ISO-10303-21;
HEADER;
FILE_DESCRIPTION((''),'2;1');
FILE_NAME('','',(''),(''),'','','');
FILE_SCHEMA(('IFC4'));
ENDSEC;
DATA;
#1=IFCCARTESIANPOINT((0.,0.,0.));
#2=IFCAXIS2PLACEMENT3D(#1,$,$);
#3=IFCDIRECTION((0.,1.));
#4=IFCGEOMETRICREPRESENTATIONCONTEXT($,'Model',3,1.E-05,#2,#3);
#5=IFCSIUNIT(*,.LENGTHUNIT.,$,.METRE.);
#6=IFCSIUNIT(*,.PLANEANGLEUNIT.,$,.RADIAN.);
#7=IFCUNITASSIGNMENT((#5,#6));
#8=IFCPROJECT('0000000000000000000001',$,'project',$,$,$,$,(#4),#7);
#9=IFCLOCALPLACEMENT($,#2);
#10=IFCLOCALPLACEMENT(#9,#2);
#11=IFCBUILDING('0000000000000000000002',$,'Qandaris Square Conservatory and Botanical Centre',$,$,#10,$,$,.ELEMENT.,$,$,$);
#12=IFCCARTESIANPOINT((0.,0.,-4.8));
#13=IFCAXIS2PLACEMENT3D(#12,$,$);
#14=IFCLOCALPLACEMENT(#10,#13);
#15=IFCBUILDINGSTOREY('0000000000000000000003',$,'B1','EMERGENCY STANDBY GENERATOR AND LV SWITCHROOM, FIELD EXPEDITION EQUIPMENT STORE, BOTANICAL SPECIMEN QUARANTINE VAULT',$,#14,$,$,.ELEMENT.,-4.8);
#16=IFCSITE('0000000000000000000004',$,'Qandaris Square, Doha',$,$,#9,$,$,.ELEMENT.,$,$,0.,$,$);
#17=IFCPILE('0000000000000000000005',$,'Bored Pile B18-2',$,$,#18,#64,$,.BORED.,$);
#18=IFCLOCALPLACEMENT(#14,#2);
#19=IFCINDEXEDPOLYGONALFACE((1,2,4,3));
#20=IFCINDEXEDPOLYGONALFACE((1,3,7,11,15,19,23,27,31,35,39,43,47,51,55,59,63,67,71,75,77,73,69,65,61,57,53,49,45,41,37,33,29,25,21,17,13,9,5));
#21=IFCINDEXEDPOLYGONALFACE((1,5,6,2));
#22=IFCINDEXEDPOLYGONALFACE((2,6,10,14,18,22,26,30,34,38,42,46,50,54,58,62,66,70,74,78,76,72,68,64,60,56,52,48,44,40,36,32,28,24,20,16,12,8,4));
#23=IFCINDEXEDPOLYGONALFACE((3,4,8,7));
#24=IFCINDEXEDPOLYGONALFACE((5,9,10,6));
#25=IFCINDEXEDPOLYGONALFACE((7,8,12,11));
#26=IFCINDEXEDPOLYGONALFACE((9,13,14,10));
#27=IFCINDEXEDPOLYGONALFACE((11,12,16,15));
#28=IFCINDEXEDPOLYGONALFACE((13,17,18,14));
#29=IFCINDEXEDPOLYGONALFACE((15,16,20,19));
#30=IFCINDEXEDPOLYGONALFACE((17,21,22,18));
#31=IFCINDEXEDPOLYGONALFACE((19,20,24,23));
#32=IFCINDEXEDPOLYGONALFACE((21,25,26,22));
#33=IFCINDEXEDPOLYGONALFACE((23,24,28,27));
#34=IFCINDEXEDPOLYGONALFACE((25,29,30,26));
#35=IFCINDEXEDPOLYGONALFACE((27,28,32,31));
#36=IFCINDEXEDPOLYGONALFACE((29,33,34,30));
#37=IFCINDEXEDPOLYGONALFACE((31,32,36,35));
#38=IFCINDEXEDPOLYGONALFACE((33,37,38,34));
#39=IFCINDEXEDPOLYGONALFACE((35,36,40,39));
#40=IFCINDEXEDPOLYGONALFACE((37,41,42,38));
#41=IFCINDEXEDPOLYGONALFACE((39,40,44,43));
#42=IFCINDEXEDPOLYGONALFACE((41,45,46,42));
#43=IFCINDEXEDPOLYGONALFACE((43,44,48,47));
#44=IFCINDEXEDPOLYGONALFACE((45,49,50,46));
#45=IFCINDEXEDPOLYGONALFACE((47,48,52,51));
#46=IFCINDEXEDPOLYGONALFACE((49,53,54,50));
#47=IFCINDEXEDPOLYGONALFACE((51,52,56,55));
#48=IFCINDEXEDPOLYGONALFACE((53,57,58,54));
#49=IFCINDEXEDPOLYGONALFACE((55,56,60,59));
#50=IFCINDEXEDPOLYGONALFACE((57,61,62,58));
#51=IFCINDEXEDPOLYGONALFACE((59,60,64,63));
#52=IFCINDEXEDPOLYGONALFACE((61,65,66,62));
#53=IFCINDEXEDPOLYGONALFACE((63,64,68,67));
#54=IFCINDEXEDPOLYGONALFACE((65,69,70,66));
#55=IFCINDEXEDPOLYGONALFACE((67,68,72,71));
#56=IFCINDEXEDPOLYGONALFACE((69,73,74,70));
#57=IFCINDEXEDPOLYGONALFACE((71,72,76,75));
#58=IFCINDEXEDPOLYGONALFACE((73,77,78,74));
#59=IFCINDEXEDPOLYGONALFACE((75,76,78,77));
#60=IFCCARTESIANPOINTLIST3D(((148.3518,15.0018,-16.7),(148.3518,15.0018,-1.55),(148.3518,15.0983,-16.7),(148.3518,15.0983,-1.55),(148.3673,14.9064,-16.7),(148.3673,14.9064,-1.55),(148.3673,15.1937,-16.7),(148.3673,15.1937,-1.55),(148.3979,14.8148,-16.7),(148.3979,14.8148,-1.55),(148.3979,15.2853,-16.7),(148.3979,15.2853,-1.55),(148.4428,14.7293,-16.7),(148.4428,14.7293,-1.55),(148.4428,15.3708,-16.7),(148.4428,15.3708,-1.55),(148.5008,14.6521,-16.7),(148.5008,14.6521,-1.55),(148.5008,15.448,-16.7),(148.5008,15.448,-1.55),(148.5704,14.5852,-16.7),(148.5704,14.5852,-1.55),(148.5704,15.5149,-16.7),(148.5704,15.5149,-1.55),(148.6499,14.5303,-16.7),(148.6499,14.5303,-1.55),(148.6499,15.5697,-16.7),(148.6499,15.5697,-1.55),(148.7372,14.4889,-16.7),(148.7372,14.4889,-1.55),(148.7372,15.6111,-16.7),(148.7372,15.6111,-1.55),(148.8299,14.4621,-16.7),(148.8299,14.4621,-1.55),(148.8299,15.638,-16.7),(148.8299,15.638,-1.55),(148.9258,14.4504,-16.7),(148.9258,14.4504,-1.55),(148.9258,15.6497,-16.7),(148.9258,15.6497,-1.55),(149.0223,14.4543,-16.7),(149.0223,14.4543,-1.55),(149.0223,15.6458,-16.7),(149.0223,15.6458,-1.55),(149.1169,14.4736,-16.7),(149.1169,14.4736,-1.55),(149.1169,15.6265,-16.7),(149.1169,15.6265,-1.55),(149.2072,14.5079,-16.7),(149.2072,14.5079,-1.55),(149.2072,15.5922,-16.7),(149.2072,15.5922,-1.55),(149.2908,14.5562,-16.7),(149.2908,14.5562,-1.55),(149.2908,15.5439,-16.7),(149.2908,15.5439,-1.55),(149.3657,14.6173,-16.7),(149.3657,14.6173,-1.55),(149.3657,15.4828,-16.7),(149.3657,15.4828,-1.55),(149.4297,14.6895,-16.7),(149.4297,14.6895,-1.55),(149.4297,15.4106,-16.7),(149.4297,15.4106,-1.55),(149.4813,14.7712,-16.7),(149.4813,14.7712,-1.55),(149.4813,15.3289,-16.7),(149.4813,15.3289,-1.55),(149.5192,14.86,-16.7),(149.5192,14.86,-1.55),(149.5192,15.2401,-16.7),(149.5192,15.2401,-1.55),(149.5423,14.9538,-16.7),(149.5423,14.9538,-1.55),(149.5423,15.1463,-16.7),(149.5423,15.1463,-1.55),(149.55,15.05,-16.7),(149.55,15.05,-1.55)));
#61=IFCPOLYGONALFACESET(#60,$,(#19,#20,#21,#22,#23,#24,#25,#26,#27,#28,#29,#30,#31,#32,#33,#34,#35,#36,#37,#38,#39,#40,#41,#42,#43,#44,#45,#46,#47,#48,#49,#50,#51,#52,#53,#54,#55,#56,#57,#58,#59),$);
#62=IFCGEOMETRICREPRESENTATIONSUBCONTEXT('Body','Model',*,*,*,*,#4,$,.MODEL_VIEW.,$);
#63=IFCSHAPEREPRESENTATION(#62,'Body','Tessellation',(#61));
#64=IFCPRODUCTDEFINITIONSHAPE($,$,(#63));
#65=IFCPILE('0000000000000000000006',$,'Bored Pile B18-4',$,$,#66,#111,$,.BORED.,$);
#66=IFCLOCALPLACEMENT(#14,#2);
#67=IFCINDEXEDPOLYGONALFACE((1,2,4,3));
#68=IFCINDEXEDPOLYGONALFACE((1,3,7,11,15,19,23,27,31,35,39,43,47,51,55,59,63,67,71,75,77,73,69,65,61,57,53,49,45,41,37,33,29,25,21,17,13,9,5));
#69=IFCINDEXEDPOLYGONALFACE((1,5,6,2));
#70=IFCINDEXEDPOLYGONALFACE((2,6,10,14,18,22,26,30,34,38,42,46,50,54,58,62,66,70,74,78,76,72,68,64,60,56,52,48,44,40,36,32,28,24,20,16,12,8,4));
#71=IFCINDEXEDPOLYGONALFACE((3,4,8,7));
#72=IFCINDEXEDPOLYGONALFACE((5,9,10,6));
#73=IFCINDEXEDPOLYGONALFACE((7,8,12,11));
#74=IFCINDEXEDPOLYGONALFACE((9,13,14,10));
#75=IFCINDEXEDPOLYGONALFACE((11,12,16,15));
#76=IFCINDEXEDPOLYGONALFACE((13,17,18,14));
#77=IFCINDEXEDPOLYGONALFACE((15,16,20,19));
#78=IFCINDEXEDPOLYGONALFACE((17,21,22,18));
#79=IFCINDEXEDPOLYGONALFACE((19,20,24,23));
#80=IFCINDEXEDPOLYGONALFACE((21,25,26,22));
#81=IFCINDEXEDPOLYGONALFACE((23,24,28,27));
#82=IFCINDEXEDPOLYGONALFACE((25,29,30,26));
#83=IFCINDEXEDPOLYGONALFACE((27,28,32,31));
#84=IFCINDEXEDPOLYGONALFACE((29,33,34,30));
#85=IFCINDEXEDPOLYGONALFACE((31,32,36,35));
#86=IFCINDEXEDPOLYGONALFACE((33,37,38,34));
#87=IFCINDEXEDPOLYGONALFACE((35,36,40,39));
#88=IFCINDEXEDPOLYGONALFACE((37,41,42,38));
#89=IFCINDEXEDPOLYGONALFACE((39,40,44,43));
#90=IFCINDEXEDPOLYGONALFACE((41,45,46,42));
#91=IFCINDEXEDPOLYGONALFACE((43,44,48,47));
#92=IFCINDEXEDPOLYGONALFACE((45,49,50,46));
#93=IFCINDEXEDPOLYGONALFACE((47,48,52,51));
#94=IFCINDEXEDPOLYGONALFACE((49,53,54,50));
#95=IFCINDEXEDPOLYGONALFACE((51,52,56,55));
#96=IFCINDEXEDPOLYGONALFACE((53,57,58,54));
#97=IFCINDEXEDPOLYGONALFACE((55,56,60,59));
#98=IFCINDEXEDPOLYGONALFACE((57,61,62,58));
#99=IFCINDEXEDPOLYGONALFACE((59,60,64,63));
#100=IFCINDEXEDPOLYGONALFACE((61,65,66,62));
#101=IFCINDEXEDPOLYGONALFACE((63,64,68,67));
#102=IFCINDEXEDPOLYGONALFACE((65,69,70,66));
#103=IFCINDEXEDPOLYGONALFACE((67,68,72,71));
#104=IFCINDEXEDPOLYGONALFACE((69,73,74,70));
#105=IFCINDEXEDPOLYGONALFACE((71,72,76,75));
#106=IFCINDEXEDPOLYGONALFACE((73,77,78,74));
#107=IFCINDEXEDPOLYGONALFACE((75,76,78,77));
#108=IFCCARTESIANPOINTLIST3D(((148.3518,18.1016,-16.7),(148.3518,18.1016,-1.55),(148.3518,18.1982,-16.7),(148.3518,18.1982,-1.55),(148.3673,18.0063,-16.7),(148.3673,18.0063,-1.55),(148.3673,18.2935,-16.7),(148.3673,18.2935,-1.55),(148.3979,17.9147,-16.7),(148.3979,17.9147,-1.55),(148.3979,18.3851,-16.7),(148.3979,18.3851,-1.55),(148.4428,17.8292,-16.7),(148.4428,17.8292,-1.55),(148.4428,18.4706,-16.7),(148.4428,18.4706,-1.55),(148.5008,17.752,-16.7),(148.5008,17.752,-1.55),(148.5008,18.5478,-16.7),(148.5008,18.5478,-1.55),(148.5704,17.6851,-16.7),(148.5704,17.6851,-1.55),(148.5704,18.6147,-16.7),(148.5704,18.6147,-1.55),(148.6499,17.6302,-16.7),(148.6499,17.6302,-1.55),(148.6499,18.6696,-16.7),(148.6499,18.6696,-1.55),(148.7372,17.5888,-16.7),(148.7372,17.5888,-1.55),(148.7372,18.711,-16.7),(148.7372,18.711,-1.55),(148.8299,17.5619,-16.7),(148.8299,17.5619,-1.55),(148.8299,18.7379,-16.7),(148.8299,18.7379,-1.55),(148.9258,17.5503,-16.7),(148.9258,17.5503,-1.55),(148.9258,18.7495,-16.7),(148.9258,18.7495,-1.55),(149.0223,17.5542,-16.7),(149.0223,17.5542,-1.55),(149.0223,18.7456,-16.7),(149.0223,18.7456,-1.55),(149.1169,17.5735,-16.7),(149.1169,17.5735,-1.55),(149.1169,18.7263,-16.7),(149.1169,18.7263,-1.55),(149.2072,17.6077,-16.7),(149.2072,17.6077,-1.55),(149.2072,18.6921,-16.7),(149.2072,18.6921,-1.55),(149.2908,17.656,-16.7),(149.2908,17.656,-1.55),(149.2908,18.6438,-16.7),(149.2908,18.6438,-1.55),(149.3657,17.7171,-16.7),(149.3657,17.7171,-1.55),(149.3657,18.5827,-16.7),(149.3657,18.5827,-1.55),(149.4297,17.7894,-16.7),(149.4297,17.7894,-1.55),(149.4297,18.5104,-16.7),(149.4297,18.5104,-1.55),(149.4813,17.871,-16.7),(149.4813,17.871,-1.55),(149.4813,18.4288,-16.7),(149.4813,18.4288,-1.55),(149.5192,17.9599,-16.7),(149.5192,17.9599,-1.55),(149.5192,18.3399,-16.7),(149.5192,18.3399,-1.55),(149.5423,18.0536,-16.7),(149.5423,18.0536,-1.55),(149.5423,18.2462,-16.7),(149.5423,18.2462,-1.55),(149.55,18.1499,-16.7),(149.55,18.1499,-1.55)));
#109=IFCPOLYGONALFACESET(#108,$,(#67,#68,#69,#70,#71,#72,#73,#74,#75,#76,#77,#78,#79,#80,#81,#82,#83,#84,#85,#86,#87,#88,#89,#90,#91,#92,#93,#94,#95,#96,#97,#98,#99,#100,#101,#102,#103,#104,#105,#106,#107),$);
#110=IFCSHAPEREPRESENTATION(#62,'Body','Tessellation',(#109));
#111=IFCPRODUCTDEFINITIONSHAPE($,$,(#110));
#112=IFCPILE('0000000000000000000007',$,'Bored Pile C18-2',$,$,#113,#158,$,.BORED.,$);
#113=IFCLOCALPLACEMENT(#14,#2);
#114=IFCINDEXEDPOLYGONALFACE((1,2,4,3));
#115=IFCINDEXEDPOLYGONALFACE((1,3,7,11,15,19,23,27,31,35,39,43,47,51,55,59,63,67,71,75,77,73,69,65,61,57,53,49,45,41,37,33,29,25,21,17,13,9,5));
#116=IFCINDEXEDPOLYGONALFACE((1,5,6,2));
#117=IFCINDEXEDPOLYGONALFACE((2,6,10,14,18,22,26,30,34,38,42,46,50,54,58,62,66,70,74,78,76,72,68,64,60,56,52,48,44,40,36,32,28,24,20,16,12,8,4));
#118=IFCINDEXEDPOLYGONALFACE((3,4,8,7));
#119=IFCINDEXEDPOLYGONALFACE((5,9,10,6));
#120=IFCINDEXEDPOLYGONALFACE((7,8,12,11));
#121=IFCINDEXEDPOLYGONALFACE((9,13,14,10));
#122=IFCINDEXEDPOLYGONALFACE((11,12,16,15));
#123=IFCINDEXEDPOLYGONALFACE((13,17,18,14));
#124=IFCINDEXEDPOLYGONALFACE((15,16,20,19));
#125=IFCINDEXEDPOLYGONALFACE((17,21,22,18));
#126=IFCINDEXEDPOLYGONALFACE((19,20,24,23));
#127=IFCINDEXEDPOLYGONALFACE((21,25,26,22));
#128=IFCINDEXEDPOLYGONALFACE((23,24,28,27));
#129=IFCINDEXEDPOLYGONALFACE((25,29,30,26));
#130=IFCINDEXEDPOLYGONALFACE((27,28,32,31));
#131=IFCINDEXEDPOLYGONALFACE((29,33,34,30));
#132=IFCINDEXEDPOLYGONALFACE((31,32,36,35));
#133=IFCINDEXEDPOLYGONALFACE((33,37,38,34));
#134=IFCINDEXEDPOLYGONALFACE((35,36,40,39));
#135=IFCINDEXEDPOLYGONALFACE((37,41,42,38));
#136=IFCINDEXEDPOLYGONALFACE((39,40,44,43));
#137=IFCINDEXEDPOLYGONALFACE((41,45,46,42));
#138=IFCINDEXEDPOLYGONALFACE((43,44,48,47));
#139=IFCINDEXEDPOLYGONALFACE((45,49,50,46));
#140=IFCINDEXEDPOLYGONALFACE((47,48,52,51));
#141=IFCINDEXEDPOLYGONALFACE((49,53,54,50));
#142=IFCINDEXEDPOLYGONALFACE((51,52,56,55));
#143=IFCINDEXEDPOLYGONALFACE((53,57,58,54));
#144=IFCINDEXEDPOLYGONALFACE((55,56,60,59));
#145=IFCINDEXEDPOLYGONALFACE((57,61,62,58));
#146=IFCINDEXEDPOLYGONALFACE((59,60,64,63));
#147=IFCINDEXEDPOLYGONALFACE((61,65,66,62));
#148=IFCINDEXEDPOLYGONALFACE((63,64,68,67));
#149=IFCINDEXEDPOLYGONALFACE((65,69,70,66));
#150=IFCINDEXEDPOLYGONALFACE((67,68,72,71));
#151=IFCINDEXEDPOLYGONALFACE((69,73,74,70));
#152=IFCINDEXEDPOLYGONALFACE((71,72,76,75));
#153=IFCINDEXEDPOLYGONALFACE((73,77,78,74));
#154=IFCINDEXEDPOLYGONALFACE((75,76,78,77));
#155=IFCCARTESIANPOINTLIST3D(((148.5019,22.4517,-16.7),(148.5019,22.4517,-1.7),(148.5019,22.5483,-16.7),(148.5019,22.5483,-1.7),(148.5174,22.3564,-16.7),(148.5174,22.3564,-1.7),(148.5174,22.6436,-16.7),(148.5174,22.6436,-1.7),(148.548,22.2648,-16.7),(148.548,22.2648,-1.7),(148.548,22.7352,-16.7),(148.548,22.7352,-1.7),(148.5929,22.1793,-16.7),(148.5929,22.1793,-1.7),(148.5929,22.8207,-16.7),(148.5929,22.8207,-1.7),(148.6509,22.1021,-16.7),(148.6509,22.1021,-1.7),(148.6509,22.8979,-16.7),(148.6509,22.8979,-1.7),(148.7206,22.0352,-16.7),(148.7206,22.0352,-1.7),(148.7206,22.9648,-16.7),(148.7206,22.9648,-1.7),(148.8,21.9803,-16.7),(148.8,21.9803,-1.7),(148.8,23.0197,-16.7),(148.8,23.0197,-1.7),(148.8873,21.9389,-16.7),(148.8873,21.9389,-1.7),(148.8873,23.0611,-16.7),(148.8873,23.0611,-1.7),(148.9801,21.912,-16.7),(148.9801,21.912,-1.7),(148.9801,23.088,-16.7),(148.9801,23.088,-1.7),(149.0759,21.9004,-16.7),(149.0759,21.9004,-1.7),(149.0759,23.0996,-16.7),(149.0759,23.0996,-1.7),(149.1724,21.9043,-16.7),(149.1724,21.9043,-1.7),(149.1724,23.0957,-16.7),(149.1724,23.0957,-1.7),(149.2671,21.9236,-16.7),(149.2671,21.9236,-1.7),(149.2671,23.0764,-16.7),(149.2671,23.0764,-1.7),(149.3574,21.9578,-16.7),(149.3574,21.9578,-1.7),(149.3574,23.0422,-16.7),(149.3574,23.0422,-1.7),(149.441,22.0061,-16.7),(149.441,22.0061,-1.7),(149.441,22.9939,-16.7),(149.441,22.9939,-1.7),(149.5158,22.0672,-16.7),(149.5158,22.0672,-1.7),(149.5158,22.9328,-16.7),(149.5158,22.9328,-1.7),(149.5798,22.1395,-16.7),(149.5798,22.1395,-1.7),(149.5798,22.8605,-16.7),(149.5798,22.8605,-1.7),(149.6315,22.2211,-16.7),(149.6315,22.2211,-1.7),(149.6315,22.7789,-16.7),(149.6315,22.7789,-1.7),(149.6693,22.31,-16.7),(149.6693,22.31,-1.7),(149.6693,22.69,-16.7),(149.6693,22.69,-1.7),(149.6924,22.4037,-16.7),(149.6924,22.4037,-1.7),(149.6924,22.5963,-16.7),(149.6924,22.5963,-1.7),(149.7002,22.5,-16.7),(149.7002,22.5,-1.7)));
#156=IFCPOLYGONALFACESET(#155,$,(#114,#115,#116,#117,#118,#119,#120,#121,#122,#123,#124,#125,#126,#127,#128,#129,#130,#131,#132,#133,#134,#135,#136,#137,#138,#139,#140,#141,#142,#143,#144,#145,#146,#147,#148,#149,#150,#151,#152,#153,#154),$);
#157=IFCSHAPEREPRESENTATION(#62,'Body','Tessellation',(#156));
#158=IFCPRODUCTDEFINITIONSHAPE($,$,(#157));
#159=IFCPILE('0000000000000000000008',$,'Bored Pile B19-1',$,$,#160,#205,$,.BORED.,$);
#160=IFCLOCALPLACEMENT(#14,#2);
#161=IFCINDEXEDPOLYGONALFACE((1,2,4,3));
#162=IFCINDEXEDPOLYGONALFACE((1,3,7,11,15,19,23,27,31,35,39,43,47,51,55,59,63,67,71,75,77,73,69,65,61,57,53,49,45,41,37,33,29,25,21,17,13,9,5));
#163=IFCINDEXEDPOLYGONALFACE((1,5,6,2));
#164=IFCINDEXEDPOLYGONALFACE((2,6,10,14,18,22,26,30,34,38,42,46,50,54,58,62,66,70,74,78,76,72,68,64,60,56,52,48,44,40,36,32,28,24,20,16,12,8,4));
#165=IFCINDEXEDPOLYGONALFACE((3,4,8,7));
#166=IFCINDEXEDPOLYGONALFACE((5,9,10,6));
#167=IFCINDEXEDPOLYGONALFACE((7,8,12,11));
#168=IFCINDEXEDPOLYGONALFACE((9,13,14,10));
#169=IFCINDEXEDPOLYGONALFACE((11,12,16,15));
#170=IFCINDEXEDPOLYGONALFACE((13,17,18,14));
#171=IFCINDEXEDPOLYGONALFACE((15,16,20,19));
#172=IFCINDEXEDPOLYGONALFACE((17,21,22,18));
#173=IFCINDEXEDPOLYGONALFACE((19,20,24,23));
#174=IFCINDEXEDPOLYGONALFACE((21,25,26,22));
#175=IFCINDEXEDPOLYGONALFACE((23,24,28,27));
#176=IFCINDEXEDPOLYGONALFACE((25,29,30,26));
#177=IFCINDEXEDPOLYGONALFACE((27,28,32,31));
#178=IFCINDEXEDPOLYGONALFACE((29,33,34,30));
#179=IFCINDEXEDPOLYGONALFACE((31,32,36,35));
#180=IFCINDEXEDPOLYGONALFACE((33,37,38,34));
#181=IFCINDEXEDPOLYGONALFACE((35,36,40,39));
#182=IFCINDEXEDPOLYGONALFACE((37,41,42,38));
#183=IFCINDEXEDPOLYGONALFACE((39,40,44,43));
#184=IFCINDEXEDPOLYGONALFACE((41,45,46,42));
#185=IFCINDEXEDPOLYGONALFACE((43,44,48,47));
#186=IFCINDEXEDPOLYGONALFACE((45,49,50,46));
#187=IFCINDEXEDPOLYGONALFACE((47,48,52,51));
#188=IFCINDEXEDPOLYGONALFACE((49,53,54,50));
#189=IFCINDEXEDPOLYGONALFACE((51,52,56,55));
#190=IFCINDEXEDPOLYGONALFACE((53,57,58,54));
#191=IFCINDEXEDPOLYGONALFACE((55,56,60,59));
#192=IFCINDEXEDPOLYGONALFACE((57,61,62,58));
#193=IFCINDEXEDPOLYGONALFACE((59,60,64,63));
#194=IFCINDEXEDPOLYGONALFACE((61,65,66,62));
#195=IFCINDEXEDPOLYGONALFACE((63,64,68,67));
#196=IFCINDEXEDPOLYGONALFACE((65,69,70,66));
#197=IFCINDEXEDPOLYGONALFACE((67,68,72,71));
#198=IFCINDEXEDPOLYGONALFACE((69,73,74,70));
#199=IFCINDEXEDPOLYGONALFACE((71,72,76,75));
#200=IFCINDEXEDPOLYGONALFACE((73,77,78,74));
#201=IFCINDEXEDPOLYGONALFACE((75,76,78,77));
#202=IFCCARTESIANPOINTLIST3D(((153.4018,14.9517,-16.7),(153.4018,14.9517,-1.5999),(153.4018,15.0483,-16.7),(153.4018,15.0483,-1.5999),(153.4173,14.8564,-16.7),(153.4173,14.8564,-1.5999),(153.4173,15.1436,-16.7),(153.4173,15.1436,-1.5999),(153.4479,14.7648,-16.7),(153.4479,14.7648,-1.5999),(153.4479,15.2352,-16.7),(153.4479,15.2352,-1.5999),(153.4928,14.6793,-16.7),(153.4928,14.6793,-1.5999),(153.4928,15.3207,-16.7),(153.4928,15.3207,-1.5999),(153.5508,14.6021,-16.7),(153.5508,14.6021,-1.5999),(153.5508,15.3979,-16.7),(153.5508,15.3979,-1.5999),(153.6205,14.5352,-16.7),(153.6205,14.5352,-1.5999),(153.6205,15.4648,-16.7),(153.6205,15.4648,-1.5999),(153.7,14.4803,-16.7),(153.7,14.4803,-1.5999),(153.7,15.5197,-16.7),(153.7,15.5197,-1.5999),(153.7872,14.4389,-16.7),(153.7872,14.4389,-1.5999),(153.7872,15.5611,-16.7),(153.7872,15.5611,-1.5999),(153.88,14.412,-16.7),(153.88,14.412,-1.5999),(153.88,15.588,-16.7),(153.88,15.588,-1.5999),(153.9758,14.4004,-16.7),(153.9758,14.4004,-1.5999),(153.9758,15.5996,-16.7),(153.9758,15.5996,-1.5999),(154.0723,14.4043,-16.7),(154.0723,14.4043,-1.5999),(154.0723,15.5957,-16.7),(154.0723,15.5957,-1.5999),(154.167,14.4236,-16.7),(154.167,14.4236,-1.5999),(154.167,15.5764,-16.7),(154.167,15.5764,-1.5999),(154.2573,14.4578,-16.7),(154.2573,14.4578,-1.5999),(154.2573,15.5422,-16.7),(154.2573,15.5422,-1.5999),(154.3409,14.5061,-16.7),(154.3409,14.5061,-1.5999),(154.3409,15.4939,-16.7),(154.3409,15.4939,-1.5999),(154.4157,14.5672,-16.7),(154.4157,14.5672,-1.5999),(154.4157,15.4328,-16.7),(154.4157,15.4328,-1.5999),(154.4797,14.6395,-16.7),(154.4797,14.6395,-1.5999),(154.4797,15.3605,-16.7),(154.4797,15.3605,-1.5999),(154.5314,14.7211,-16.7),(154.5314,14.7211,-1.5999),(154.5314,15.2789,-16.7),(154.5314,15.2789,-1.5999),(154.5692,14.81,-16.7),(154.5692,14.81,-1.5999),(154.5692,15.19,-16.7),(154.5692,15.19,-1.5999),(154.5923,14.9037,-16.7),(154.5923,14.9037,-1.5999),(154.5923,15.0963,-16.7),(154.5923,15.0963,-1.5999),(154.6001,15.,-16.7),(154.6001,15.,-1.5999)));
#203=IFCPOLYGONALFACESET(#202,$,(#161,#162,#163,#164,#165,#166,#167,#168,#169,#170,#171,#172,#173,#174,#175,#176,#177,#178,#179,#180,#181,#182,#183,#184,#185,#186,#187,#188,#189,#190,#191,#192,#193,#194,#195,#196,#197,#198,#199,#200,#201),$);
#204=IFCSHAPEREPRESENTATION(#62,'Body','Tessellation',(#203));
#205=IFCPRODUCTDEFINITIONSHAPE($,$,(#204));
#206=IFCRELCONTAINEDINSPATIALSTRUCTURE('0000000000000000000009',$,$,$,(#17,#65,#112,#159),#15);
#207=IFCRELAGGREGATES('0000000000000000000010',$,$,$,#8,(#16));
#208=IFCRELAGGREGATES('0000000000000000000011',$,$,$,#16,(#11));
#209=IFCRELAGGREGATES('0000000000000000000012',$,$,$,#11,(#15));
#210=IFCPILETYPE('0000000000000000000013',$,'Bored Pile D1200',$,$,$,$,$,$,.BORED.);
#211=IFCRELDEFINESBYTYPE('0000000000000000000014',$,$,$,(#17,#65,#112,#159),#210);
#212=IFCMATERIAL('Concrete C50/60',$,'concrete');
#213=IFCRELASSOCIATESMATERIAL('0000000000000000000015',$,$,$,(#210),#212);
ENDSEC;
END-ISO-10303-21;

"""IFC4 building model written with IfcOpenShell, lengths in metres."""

from ifc_helpers import new_model, si_unit, direction, frame, origin, origin_2d, place, context, subcontext, project, spatial, circle, extrude, material, material_profile, profile_set, type_object, element, save


model = new_model("IFC4")

# Units and contexts
model_context = context("Model", 3, precision=1e-05, world=origin(), true_north=direction((0.0, 1.0)))
body_context = subcontext(model_context, "Body", "Model", "MODEL_VIEW")
ifc_project = project(units=[si_unit("LENGTHUNIT", "METRE"), si_unit("PLANEANGLEUNIT", "RADIAN")], contexts=[model_context])

# Site, building, storey
site_placement = place(None, origin())
site = spatial("IfcSite", under=ifc_project, at=site_placement, Name="Qandaris Square, Doha", CompositionType="ELEMENT", RefElevation=0.0)
building_placement = place(site_placement, origin())
building = spatial("IfcBuilding", under=site, at=building_placement, Name="Qandaris Square Conservatory and Botanical Centre", CompositionType="ELEMENT")
storey_placement = place(building_placement, frame((0.0, 0.0, -4.8)))
storey = spatial("IfcBuildingStorey", under=building, at=storey_placement, Name="B1", Description="EMERGENCY STANDBY GENERATOR AND LV SWITCHROOM, FIELD EXPEDITION EQUIPMENT STORE, BOTANICAL SPECIMEN QUARANTINE VAULT", CompositionType="ELEMENT", Elevation=-4.8)

# Piles
ifc_material_1 = material(Name="Concrete C50/60", Category="concrete")
ifc_material_profile_1 = material_profile(ifc_material_1, circle(Radius=0.6001, at=origin_2d()), Name="PILE D1200")
ifc_profile_set_1 = profile_set([ifc_material_profile_1], Name="Concrete C50/60")
pile_type = type_object("IfcPileType", Name="Bored Pile D1200", PredefinedType="BORED", material=ifc_profile_set_1)
for number, where, z_axis, x_axis, name in (
    (1, (148.95, 15.05, -1.55), (0.0, 0.0, -1.0), (1.0, 0.0, 0.0), "Bored Pile B18-2"),
    (2, (148.95, 18.1499, -1.55), (0.0, 0.0, -1.0), (1.0, 0.0, 0.0), "Bored Pile B18-4"),
):
    element("IfcPile", number, at=place(storey_placement, frame(where, z_axis=z_axis, x_axis=x_axis)), inside=storey, type_object=pile_type, Name=name, PredefinedType="BORED", context=body_context, shape_type="SweptSolid", body=[
        extrude(circle(Radius=0.6001, at=origin_2d()), origin(), (0.0, 0.0, 1.0), 15.1499),
    ])
pile_1_placement = place(storey_placement, frame((149.1001, 22.5, -1.7), z_axis=(0.0, 0.0, -1.0), x_axis=(1.0, 0.0, 0.0)))
element("IfcPile", 3, at=pile_1_placement, inside=storey, type_object=pile_type, Name="Bored Pile C18-2", PredefinedType="BORED", context=body_context, shape_type="SweptSolid", body=[
    extrude(circle(Radius=0.6001, at=origin_2d()), origin(), (0.0, 0.0, 1.0), 15.0),
])
for number, where, z_axis, x_axis, name in (
    (4, (154.0, 15.0, -1.5999), (0.0, 0.0, -1.0), (1.0, 0.0, 0.0), "Bored Pile B19-1"),
):
    element("IfcPile", number, at=place(storey_placement, frame(where, z_axis=z_axis, x_axis=x_axis)), inside=storey, type_object=pile_type, Name=name, PredefinedType="BORED", context=body_context, shape_type="SweptSolid", body=[
        extrude(circle(Radius=0.6001, at=origin_2d()), origin(), (0.0, 0.0, 1.0), 15.1001),
    ])

save(model, "model.ifc")
